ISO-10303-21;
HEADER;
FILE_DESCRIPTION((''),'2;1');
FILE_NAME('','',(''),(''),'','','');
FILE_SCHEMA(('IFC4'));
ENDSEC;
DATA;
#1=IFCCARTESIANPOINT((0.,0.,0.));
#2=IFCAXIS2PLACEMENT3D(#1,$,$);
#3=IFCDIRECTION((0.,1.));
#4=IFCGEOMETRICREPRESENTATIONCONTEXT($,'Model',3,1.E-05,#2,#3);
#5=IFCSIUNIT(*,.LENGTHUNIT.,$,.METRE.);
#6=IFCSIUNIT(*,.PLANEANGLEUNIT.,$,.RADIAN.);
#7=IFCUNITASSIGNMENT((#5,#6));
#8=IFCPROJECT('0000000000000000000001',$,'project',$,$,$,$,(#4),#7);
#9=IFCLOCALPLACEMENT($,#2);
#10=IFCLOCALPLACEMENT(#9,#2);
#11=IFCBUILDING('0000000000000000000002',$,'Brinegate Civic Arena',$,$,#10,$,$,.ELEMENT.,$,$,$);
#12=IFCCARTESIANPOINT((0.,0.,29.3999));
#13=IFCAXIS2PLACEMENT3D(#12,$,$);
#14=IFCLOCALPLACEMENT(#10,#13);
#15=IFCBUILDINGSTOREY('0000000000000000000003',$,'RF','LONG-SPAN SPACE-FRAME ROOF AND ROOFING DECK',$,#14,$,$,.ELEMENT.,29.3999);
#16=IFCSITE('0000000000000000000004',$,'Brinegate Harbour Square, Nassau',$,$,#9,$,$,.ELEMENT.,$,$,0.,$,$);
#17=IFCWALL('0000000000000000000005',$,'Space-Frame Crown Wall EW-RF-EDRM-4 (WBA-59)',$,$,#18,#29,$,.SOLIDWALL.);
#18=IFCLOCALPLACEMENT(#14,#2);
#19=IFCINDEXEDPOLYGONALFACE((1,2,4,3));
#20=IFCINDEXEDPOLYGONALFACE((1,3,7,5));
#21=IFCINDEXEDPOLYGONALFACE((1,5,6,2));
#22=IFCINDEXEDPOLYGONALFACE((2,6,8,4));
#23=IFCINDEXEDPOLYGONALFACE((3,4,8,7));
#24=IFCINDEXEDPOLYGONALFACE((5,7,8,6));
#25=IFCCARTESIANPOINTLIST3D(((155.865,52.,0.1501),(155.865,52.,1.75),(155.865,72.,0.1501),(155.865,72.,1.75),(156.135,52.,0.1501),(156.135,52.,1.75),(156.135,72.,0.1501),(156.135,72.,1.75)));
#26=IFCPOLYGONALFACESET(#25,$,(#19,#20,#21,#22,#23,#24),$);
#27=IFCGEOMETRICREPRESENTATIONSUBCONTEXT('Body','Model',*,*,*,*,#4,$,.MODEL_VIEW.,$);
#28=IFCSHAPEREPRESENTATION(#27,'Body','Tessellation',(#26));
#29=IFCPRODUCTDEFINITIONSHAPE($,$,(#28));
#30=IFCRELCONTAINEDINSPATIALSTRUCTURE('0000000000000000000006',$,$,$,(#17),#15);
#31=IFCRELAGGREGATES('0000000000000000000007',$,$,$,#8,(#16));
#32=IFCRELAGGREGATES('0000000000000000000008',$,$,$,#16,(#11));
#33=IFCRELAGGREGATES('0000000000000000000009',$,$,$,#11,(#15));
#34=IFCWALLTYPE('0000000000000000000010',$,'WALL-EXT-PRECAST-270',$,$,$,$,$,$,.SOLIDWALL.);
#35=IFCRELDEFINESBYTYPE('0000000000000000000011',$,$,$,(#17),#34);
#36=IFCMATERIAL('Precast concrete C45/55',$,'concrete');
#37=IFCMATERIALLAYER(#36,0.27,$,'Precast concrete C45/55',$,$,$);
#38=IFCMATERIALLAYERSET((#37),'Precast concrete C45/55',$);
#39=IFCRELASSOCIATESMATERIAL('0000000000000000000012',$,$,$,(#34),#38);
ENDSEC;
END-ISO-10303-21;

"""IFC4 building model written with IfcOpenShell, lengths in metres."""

from ifc_helpers import new_model, si_unit, direction, frame, frame_2d, origin, place, context, subcontext, project, spatial, rectangle, extrude, material, layer, layer_set, type_object, element, save


model = new_model("IFC4")

# Units and contexts
model_context = context("Model", 3, precision=1e-05, world=origin(), true_north=direction((0.0, 1.0)))
body_context = subcontext(model_context, "Body", "Model", "MODEL_VIEW")
ifc_project = project(units=[si_unit("LENGTHUNIT", "METRE"), si_unit("PLANEANGLEUNIT", "RADIAN")], contexts=[model_context])

# Site, building, storey
site_placement = place(None, origin())
site = spatial("IfcSite", under=ifc_project, at=site_placement, Name="Brinegate Harbour Square, Nassau", CompositionType="ELEMENT", RefElevation=0.0)
building_placement = place(site_placement, origin())
building = spatial("IfcBuilding", under=site, at=building_placement, Name="Brinegate Civic Arena", CompositionType="ELEMENT")
storey_placement = place(building_placement, frame((0.0, 0.0, 29.3999)))
storey = spatial("IfcBuildingStorey", under=building, at=storey_placement, Name="RF", Description="LONG-SPAN SPACE-FRAME ROOF AND ROOFING DECK", CompositionType="ELEMENT", Elevation=29.3999)

# Wall
ifc_material_1 = material(Name="Precast concrete C45/55", Category="concrete")
ifc_layer_1 = layer(ifc_material_1, 0.27, Name="Precast concrete C45/55")
ifc_layer_set_1 = layer_set([ifc_layer_1], Name="Precast concrete C45/55")
wall_type = type_object("IfcWallType", Name="WALL-EXT-PRECAST-270", PredefinedType="SOLIDWALL", material=ifc_layer_set_1)
wall_placement = place(storey_placement, frame((156.0, 52.0, 0.1501), z_axis=(0.0, 0.0, 1.0), x_axis=(0.0, 1.0, 0.0)))
element("IfcWall", 1, at=wall_placement, inside=storey, type_object=wall_type, Name="Space-Frame Crown Wall EW-RF-EDRM-4 (WBA-59)", PredefinedType="SOLIDWALL", context=body_context, shape_type="SweptSolid", body=[
    extrude(rectangle(XDim=20.0, YDim=0.27, at=frame_2d((10.0, 0.0))), origin(), (0.0, 0.0, 1.0), 1.5999),
])

save(model, "model.ifc")
